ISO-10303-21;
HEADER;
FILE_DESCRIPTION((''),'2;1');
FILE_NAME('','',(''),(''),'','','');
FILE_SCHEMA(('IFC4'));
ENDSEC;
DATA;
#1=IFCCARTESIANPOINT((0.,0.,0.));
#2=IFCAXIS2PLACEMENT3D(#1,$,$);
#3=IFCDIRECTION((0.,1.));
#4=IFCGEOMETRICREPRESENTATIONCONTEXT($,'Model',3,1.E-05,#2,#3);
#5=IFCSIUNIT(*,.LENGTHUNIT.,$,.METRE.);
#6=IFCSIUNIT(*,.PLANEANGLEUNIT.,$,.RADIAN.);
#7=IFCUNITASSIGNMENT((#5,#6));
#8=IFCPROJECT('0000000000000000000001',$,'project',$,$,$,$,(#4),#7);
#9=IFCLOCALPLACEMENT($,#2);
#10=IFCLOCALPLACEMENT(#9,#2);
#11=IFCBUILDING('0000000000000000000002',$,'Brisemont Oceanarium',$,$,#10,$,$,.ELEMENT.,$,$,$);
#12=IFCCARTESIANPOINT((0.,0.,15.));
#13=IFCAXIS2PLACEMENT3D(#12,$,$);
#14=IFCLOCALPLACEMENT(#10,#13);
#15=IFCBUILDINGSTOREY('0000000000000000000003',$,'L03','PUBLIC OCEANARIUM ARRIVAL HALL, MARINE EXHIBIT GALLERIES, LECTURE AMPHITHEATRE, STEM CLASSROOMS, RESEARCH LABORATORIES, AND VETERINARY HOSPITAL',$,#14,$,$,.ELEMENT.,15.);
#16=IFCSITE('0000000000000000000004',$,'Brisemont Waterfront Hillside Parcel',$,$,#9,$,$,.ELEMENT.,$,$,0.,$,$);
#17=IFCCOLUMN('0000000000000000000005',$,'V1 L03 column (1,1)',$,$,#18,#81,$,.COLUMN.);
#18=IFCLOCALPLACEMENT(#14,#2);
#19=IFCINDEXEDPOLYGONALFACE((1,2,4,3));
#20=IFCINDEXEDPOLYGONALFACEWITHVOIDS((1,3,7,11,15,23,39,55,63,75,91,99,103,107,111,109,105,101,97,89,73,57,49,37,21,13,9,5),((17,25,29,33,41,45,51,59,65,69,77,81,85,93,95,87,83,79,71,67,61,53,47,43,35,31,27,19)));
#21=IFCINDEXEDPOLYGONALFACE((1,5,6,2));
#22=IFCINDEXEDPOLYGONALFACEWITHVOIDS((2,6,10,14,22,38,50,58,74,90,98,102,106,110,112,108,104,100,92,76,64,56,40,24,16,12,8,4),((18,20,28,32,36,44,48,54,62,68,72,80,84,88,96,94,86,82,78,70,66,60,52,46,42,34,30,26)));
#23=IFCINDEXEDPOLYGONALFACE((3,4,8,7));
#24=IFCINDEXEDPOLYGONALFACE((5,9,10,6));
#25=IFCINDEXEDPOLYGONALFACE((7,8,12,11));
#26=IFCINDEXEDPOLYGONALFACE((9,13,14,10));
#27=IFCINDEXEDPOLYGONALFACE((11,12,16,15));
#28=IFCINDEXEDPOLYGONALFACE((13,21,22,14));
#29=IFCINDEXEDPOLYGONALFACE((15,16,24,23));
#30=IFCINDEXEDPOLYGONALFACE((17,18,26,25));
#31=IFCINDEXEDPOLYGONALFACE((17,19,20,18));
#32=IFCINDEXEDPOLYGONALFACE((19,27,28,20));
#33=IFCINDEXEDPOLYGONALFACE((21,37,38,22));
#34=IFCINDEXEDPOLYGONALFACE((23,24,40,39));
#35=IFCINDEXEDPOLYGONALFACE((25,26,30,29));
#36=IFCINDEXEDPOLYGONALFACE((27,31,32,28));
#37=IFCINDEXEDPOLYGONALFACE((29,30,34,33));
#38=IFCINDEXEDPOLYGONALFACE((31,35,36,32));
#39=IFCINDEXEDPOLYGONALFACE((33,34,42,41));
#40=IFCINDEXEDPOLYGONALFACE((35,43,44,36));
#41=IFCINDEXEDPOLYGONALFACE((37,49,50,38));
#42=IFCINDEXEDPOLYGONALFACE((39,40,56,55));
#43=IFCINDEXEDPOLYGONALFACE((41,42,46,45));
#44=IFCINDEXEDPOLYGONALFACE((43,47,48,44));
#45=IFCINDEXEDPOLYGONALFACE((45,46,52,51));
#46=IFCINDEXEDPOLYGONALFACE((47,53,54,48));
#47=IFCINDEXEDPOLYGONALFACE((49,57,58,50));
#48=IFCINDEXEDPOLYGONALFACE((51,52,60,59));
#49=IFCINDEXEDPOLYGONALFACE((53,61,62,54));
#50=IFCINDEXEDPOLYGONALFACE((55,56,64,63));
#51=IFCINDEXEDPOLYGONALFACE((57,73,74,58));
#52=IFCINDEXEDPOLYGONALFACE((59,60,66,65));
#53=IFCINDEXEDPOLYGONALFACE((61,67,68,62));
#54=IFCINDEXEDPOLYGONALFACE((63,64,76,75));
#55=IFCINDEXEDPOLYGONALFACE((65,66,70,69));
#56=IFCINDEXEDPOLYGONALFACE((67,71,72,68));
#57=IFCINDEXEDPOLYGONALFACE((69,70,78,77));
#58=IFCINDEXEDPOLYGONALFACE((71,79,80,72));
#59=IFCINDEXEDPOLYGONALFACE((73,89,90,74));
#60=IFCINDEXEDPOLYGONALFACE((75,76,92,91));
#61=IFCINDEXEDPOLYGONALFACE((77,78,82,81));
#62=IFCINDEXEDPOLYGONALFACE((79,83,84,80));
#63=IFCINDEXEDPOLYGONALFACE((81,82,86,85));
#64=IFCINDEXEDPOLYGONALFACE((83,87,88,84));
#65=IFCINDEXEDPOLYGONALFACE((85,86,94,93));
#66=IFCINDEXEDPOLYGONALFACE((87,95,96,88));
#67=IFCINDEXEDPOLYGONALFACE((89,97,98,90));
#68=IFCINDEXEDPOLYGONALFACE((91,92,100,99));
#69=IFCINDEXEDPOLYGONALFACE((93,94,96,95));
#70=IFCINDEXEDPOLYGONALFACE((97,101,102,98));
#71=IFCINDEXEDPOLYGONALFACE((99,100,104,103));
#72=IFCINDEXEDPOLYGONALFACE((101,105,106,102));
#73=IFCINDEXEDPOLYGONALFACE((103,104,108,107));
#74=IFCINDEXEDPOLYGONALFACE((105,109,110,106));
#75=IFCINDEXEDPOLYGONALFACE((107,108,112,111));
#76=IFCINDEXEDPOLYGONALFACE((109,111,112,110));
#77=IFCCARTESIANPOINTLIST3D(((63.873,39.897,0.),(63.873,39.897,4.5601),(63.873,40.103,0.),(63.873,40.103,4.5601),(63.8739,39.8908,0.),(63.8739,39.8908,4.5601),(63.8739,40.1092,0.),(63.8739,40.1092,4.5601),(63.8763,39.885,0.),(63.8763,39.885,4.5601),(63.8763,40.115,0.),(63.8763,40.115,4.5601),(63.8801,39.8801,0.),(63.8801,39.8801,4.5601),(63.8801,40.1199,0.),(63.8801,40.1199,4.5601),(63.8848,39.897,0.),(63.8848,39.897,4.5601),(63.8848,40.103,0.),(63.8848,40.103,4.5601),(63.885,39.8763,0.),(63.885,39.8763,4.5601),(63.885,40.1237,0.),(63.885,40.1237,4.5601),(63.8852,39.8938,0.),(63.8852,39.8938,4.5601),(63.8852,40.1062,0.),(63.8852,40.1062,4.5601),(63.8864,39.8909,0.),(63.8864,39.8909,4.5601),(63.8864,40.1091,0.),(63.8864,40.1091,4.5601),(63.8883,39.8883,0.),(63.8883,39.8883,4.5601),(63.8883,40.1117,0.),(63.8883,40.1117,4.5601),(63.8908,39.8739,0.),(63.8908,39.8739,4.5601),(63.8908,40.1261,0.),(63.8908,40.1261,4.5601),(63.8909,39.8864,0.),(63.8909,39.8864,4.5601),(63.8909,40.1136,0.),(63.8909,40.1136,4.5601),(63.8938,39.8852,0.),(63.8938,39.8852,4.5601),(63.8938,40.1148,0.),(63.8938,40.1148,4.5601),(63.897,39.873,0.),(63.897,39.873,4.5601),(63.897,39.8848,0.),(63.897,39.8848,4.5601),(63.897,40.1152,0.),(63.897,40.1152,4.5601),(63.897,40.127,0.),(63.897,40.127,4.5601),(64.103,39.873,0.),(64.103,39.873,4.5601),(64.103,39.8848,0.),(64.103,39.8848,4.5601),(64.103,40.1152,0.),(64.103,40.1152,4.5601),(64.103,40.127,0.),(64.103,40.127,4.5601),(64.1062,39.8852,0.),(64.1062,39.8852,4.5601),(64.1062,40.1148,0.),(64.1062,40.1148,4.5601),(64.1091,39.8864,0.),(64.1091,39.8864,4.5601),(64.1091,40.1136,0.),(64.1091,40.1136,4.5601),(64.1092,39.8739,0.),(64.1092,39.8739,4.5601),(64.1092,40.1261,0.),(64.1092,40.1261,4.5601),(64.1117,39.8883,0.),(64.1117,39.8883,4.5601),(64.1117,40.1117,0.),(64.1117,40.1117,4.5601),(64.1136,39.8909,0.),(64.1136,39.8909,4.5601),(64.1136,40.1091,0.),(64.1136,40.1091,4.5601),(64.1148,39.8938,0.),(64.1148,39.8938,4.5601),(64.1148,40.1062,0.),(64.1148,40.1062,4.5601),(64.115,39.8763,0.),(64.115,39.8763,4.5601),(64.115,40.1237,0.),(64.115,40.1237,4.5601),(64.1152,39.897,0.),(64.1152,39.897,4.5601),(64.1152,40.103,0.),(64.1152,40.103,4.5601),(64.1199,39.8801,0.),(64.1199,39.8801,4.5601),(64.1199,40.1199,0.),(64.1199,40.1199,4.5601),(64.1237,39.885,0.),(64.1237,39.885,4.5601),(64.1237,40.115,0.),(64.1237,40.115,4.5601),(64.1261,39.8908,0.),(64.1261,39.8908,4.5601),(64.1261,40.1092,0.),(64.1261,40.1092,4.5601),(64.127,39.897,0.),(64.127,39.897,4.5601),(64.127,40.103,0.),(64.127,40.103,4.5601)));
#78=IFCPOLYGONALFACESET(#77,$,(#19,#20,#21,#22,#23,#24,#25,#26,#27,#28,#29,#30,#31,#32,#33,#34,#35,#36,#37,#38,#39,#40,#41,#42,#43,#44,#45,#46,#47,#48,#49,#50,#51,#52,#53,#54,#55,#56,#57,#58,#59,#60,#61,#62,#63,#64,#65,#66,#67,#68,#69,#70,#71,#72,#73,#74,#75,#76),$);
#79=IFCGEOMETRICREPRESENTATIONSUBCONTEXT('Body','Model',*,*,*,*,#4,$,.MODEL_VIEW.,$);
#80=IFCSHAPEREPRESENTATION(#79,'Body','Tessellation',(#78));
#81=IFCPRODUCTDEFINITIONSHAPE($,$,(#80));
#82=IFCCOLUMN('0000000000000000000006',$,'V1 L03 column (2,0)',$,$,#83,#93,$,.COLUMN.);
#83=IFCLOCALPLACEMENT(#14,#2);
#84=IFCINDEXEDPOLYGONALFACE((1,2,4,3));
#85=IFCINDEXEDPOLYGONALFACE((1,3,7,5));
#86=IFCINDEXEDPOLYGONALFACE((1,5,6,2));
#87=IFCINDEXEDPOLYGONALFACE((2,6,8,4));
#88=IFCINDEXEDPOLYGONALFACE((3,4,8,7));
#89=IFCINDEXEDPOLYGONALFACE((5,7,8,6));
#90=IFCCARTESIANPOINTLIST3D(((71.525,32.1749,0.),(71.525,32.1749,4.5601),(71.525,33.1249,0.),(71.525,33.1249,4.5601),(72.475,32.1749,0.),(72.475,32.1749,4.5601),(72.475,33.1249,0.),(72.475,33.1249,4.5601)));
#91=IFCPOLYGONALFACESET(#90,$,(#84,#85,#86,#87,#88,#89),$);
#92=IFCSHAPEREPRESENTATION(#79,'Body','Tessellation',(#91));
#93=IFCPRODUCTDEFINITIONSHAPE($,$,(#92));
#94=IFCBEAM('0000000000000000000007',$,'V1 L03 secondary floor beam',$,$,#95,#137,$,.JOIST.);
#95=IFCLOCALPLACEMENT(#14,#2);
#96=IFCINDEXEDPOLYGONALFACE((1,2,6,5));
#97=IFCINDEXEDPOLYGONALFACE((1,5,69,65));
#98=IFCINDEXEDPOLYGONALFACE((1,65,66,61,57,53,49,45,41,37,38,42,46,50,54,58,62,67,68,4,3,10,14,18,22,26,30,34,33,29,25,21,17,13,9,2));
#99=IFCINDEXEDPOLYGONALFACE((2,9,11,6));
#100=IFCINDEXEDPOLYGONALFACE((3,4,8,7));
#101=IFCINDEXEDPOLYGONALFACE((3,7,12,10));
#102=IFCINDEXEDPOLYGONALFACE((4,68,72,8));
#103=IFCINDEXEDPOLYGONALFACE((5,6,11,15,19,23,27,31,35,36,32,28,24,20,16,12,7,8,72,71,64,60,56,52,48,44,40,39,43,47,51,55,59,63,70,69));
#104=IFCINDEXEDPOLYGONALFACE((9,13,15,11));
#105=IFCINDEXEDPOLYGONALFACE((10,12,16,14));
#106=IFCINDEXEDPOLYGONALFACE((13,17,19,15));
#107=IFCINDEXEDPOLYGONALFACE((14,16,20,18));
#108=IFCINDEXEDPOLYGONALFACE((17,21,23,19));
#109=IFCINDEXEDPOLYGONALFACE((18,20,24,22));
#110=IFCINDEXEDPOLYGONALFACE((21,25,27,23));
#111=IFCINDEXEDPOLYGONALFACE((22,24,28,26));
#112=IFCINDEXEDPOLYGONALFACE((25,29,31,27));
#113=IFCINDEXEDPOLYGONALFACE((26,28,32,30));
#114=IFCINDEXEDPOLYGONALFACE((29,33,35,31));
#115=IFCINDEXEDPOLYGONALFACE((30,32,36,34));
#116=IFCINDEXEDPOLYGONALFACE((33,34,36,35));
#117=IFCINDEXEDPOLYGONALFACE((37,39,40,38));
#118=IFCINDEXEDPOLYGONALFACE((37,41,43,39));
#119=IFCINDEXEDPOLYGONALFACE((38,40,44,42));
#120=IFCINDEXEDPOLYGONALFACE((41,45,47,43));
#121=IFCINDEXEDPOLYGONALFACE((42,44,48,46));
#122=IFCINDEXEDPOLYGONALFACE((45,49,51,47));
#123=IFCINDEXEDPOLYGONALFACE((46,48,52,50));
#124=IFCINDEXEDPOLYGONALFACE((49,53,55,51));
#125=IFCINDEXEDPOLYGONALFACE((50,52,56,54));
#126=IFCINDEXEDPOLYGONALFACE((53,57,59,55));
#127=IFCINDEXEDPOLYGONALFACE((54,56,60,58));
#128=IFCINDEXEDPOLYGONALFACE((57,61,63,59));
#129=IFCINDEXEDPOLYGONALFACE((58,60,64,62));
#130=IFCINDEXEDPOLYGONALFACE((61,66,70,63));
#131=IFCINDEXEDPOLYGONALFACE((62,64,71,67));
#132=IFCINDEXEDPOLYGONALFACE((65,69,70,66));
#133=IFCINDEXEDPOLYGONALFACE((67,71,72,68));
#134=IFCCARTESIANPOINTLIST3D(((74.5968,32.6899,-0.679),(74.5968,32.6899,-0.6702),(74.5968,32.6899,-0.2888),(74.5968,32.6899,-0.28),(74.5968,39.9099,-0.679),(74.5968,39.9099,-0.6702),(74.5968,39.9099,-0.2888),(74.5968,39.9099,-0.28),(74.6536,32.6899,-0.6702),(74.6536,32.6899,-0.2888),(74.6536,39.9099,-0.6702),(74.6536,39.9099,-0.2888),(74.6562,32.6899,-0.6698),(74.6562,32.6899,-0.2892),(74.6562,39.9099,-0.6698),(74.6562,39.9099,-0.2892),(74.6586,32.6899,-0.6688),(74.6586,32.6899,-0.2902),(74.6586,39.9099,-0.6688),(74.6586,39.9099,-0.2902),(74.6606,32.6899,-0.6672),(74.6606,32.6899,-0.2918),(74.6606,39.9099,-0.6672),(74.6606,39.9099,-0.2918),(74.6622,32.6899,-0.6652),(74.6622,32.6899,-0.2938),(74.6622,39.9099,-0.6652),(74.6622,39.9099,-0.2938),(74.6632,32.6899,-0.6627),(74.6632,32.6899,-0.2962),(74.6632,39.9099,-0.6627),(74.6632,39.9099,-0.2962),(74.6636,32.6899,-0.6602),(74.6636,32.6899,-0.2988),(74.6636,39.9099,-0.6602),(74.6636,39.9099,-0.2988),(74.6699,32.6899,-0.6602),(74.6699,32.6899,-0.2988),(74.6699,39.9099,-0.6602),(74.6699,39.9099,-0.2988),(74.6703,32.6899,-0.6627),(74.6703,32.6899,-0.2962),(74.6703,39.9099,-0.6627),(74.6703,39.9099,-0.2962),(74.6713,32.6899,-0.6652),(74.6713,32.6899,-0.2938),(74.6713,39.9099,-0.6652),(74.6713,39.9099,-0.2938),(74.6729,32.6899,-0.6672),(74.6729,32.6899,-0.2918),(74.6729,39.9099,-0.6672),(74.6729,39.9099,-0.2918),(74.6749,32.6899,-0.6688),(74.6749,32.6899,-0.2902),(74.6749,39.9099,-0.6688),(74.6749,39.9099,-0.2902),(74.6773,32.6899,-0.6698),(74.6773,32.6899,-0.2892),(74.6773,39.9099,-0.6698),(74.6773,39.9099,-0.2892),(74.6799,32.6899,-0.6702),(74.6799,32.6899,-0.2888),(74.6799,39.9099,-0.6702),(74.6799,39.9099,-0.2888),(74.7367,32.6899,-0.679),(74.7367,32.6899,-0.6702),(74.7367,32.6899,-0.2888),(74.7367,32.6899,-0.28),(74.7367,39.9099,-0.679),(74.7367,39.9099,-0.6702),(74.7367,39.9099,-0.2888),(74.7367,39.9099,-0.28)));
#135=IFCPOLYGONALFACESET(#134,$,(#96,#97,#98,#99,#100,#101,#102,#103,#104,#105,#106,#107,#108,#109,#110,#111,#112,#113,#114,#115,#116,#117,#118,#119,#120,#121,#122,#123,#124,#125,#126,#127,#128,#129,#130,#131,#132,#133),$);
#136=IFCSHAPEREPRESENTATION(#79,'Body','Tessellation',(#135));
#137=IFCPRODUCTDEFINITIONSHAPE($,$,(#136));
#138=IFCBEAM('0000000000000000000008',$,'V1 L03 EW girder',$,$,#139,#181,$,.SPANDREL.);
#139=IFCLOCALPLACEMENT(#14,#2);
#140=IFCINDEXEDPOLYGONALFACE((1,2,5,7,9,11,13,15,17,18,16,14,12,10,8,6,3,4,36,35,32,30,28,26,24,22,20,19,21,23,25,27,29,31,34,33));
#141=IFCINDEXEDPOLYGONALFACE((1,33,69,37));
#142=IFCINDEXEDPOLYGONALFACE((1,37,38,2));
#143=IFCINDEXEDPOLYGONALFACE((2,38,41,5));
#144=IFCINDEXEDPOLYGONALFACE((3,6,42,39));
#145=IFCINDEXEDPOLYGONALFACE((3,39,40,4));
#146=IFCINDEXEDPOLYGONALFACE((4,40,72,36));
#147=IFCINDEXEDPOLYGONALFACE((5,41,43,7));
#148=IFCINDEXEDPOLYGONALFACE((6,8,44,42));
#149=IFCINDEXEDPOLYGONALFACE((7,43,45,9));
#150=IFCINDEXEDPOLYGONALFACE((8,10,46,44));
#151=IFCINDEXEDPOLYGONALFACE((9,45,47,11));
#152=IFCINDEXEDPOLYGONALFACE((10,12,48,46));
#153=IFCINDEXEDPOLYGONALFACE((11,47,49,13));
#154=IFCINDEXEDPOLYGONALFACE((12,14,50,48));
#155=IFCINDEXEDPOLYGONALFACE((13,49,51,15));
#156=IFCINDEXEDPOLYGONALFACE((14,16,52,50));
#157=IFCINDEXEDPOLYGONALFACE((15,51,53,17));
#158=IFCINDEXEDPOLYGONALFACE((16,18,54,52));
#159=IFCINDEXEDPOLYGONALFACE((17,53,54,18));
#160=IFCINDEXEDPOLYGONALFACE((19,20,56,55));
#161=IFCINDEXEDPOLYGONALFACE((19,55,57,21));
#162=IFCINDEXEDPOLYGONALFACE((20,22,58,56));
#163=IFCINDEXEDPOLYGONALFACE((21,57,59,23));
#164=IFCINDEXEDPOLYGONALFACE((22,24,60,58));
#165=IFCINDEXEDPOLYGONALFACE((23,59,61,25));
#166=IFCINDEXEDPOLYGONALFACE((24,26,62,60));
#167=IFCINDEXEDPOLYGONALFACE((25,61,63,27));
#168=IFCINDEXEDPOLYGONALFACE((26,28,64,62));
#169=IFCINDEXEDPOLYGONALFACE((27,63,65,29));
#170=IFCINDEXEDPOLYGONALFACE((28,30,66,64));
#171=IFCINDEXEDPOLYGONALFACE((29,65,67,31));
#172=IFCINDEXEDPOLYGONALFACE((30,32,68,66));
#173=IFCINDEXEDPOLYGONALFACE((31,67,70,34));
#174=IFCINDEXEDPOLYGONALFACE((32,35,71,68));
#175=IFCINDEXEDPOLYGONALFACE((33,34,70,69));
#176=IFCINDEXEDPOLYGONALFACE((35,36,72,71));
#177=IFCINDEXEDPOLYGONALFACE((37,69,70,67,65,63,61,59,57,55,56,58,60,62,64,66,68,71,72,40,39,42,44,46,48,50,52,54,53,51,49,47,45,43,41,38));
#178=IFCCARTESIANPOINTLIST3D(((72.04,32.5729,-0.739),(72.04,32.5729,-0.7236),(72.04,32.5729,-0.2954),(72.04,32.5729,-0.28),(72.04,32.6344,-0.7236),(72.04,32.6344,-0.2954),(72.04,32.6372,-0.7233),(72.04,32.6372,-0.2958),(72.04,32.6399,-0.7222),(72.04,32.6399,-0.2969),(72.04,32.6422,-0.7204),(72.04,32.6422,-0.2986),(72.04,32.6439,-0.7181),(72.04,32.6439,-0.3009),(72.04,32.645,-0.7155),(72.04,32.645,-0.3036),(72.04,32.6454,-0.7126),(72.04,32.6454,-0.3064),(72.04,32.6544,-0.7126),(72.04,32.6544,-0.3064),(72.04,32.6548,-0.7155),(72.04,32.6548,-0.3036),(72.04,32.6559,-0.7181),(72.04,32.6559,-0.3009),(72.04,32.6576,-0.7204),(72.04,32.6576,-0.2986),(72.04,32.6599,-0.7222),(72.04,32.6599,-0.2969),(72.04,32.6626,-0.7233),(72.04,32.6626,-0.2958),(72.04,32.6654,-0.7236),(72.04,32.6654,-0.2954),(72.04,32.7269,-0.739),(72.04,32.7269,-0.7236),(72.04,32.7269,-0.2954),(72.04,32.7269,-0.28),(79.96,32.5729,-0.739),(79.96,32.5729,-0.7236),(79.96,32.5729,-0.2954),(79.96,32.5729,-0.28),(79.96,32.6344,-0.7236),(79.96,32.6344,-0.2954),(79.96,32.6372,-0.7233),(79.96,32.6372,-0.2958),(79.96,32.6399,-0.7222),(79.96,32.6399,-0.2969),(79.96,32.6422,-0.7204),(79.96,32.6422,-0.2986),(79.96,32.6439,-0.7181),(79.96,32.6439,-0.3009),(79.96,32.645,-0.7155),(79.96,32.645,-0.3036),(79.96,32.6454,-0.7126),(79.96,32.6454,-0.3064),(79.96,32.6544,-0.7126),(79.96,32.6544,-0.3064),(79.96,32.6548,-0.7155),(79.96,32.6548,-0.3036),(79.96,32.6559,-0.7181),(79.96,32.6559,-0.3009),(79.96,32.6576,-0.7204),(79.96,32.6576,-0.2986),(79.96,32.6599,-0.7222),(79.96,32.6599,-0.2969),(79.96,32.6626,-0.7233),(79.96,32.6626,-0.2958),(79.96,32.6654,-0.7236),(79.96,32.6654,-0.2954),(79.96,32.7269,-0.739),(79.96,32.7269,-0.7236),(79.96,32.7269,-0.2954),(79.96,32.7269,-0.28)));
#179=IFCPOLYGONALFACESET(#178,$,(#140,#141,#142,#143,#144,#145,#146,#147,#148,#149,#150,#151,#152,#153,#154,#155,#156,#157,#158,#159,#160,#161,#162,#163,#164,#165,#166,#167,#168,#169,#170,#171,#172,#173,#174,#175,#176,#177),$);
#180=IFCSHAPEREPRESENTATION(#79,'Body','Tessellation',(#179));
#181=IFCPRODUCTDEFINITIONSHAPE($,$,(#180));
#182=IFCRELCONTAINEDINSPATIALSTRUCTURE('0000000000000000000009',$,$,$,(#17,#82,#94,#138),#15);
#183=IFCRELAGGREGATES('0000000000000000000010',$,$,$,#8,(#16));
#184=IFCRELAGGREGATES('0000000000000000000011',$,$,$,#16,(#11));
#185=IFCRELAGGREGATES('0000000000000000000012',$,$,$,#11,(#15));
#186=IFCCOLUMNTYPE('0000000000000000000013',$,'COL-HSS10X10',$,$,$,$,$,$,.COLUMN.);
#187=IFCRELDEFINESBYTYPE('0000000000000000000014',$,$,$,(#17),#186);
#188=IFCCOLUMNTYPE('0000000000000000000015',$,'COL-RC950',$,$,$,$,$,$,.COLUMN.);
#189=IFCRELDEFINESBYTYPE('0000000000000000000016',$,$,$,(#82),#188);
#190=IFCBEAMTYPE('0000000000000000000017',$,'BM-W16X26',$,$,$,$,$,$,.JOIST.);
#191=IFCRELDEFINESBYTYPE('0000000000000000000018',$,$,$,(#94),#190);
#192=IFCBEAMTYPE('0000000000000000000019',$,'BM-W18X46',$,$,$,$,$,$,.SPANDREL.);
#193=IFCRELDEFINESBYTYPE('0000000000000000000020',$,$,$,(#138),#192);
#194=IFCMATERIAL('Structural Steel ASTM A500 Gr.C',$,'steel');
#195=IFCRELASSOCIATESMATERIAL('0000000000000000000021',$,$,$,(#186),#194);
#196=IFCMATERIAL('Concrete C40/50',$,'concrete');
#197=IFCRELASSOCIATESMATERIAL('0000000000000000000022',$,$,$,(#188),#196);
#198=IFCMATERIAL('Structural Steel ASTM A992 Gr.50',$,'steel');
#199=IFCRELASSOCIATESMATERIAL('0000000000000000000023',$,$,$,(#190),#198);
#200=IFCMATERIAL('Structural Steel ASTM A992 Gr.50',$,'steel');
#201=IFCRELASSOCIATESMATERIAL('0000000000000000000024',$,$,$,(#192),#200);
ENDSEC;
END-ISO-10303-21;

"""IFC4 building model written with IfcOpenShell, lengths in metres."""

from ifc_helpers import new_model, si_unit, direction, frame, origin, origin_2d, place, context, subcontext, project, spatial, rectangle, hollow_rectangle, i_section, extrude, material, material_profile, profile_set, type_object, element, save


model = new_model("IFC4")

# Units and contexts
model_context = context("Model", 3, precision=1e-05, world=origin(), true_north=direction((0.0, 1.0)))
body_context = subcontext(model_context, "Body", "Model", "MODEL_VIEW")
ifc_project = project(units=[si_unit("LENGTHUNIT", "METRE"), si_unit("PLANEANGLEUNIT", "RADIAN")], contexts=[model_context])

# Site, building, storey
site_placement = place(None, origin())
site = spatial("IfcSite", under=ifc_project, at=site_placement, Name="Brisemont Waterfront Hillside Parcel", CompositionType="ELEMENT", RefElevation=0.0)
building_placement = place(site_placement, origin())
building = spatial("IfcBuilding", under=site, at=building_placement, Name="Brisemont Oceanarium", CompositionType="ELEMENT")
storey_placement = place(building_placement, frame((0.0, 0.0, 15.0)))
storey = spatial("IfcBuildingStorey", under=building, at=storey_placement, Name="L03", Description="PUBLIC OCEANARIUM ARRIVAL HALL, MARINE EXHIBIT GALLERIES, LECTURE AMPHITHEATRE, STEM CLASSROOMS, RESEARCH LABORATORIES, AND VETERINARY HOSPITAL", CompositionType="ELEMENT", Elevation=15.0)

# Columns
ifc_material_1 = material(Name="Structural Steel ASTM A500 Gr.C", Category="steel")
ifc_material_profile_1 = material_profile(ifc_material_1, hollow_rectangle(XDim=0.2539, YDim=0.2539, WallThickness=0.0117, InnerFilletRadius=0.0122, OuterFilletRadius=0.0239, at=origin_2d()), Name="HSS10X10X1/2")
ifc_profile_set_1 = profile_set([ifc_material_profile_1], Name="Structural Steel ASTM A500 Gr.C")
column_type_1 = type_object("IfcColumnType", Name="COL-HSS10X10", PredefinedType="COLUMN", material=ifc_profile_set_1)
column_1_placement = place(storey_placement, frame((64.0, 40.0, 0.0), z_axis=(0.0, 0.0, 1.0), x_axis=(1.0, 0.0, 0.0)))
element("IfcColumn", 1, at=column_1_placement, inside=storey, type_object=column_type_1, Name="V1 L03 column (1,1)", PredefinedType="COLUMN", context=body_context, shape_type="SweptSolid", body=[
    extrude(hollow_rectangle(XDim=0.2539, YDim=0.2539, WallThickness=0.0117, InnerFilletRadius=0.0122, OuterFilletRadius=0.0239, at=origin_2d()), origin(), (0.0, 0.0, 1.0), 4.5601),
])
ifc_material_2 = material(Name="Concrete C40/50", Category="concrete")
ifc_material_profile_2 = material_profile(ifc_material_2, rectangle(XDim=0.95, YDim=0.95, at=origin_2d()), Name="RC-COL-950X950")
ifc_profile_set_2 = profile_set([ifc_material_profile_2], Name="Concrete C40/50")
column_type_2 = type_object("IfcColumnType", Name="COL-RC950", PredefinedType="COLUMN", material=ifc_profile_set_2)
column_2_placement = place(storey_placement, frame((72.0, 32.6499, 0.0), z_axis=(0.0, 0.0, 1.0), x_axis=(1.0, 0.0, 0.0)))
element("IfcColumn", 2, at=column_2_placement, inside=storey, type_object=column_type_2, Name="V1 L03 column (2,0)", PredefinedType="COLUMN", context=body_context, shape_type="SweptSolid", body=[
    extrude(rectangle(XDim=0.95, YDim=0.95, at=origin_2d()), origin(), (0.0, 0.0, 1.0), 4.5601),
])

# Beams
ifc_material_3 = material(Name="Structural Steel ASTM A992 Gr.50", Category="steel")
ifc_material_profile_3 = material_profile(ifc_material_3, i_section(OverallWidth=0.1399, OverallDepth=0.3989, WebThickness=0.0063, FlangeThickness=0.0088, FilletRadius=0.01, at=origin_2d()), Name="W16X26")
ifc_profile_set_3 = profile_set([ifc_material_profile_3], Name="Structural Steel ASTM A992 Gr.50")
beam_type_1 = type_object("IfcBeamType", Name="BM-W16X26", PredefinedType="JOIST", material=ifc_profile_set_3)
beam_1_placement = place(storey_placement, frame((74.6667, 32.6899, -0.4795), z_axis=(0.0, 1.0, 0.0), x_axis=(-1.0, 0.0, 0.0)))
element("IfcBeam", 3, at=beam_1_placement, inside=storey, type_object=beam_type_1, Name="V1 L03 secondary floor beam", PredefinedType="JOIST", context=body_context, shape_type="SweptSolid", body=[
    extrude(i_section(OverallWidth=0.1399, OverallDepth=0.3989, WebThickness=0.0063, FlangeThickness=0.0088, FilletRadius=0.01, at=origin_2d()), origin(), (0.0, 0.0, 1.0), 7.22),
])
ifc_material_4 = material(Name="Structural Steel ASTM A992 Gr.50", Category="steel")
ifc_material_profile_4 = material_profile(ifc_material_4, i_section(OverallWidth=0.1541, OverallDepth=0.459, WebThickness=0.009, FlangeThickness=0.0154, FilletRadius=0.011, at=origin_2d()), Name="W18X46")
ifc_profile_set_4 = profile_set([ifc_material_profile_4], Name="Structural Steel ASTM A992 Gr.50")
beam_type_2 = type_object("IfcBeamType", Name="BM-W18X46", PredefinedType="SPANDREL", material=ifc_profile_set_4)
beam_2_placement = place(storey_placement, frame((72.04, 32.6499, -0.5095), z_axis=(1.0, 0.0, 0.0), x_axis=(0.0, 1.0, 0.0)))
element("IfcBeam", 4, at=beam_2_placement, inside=storey, type_object=beam_type_2, Name="V1 L03 EW girder", PredefinedType="SPANDREL", context=body_context, shape_type="SweptSolid", body=[
    extrude(i_section(OverallWidth=0.1541, OverallDepth=0.459, WebThickness=0.009, FlangeThickness=0.0154, FilletRadius=0.011, at=origin_2d()), origin(), (0.0, 0.0, 1.0), 7.9199),
])

save(model, "model.ifc")
